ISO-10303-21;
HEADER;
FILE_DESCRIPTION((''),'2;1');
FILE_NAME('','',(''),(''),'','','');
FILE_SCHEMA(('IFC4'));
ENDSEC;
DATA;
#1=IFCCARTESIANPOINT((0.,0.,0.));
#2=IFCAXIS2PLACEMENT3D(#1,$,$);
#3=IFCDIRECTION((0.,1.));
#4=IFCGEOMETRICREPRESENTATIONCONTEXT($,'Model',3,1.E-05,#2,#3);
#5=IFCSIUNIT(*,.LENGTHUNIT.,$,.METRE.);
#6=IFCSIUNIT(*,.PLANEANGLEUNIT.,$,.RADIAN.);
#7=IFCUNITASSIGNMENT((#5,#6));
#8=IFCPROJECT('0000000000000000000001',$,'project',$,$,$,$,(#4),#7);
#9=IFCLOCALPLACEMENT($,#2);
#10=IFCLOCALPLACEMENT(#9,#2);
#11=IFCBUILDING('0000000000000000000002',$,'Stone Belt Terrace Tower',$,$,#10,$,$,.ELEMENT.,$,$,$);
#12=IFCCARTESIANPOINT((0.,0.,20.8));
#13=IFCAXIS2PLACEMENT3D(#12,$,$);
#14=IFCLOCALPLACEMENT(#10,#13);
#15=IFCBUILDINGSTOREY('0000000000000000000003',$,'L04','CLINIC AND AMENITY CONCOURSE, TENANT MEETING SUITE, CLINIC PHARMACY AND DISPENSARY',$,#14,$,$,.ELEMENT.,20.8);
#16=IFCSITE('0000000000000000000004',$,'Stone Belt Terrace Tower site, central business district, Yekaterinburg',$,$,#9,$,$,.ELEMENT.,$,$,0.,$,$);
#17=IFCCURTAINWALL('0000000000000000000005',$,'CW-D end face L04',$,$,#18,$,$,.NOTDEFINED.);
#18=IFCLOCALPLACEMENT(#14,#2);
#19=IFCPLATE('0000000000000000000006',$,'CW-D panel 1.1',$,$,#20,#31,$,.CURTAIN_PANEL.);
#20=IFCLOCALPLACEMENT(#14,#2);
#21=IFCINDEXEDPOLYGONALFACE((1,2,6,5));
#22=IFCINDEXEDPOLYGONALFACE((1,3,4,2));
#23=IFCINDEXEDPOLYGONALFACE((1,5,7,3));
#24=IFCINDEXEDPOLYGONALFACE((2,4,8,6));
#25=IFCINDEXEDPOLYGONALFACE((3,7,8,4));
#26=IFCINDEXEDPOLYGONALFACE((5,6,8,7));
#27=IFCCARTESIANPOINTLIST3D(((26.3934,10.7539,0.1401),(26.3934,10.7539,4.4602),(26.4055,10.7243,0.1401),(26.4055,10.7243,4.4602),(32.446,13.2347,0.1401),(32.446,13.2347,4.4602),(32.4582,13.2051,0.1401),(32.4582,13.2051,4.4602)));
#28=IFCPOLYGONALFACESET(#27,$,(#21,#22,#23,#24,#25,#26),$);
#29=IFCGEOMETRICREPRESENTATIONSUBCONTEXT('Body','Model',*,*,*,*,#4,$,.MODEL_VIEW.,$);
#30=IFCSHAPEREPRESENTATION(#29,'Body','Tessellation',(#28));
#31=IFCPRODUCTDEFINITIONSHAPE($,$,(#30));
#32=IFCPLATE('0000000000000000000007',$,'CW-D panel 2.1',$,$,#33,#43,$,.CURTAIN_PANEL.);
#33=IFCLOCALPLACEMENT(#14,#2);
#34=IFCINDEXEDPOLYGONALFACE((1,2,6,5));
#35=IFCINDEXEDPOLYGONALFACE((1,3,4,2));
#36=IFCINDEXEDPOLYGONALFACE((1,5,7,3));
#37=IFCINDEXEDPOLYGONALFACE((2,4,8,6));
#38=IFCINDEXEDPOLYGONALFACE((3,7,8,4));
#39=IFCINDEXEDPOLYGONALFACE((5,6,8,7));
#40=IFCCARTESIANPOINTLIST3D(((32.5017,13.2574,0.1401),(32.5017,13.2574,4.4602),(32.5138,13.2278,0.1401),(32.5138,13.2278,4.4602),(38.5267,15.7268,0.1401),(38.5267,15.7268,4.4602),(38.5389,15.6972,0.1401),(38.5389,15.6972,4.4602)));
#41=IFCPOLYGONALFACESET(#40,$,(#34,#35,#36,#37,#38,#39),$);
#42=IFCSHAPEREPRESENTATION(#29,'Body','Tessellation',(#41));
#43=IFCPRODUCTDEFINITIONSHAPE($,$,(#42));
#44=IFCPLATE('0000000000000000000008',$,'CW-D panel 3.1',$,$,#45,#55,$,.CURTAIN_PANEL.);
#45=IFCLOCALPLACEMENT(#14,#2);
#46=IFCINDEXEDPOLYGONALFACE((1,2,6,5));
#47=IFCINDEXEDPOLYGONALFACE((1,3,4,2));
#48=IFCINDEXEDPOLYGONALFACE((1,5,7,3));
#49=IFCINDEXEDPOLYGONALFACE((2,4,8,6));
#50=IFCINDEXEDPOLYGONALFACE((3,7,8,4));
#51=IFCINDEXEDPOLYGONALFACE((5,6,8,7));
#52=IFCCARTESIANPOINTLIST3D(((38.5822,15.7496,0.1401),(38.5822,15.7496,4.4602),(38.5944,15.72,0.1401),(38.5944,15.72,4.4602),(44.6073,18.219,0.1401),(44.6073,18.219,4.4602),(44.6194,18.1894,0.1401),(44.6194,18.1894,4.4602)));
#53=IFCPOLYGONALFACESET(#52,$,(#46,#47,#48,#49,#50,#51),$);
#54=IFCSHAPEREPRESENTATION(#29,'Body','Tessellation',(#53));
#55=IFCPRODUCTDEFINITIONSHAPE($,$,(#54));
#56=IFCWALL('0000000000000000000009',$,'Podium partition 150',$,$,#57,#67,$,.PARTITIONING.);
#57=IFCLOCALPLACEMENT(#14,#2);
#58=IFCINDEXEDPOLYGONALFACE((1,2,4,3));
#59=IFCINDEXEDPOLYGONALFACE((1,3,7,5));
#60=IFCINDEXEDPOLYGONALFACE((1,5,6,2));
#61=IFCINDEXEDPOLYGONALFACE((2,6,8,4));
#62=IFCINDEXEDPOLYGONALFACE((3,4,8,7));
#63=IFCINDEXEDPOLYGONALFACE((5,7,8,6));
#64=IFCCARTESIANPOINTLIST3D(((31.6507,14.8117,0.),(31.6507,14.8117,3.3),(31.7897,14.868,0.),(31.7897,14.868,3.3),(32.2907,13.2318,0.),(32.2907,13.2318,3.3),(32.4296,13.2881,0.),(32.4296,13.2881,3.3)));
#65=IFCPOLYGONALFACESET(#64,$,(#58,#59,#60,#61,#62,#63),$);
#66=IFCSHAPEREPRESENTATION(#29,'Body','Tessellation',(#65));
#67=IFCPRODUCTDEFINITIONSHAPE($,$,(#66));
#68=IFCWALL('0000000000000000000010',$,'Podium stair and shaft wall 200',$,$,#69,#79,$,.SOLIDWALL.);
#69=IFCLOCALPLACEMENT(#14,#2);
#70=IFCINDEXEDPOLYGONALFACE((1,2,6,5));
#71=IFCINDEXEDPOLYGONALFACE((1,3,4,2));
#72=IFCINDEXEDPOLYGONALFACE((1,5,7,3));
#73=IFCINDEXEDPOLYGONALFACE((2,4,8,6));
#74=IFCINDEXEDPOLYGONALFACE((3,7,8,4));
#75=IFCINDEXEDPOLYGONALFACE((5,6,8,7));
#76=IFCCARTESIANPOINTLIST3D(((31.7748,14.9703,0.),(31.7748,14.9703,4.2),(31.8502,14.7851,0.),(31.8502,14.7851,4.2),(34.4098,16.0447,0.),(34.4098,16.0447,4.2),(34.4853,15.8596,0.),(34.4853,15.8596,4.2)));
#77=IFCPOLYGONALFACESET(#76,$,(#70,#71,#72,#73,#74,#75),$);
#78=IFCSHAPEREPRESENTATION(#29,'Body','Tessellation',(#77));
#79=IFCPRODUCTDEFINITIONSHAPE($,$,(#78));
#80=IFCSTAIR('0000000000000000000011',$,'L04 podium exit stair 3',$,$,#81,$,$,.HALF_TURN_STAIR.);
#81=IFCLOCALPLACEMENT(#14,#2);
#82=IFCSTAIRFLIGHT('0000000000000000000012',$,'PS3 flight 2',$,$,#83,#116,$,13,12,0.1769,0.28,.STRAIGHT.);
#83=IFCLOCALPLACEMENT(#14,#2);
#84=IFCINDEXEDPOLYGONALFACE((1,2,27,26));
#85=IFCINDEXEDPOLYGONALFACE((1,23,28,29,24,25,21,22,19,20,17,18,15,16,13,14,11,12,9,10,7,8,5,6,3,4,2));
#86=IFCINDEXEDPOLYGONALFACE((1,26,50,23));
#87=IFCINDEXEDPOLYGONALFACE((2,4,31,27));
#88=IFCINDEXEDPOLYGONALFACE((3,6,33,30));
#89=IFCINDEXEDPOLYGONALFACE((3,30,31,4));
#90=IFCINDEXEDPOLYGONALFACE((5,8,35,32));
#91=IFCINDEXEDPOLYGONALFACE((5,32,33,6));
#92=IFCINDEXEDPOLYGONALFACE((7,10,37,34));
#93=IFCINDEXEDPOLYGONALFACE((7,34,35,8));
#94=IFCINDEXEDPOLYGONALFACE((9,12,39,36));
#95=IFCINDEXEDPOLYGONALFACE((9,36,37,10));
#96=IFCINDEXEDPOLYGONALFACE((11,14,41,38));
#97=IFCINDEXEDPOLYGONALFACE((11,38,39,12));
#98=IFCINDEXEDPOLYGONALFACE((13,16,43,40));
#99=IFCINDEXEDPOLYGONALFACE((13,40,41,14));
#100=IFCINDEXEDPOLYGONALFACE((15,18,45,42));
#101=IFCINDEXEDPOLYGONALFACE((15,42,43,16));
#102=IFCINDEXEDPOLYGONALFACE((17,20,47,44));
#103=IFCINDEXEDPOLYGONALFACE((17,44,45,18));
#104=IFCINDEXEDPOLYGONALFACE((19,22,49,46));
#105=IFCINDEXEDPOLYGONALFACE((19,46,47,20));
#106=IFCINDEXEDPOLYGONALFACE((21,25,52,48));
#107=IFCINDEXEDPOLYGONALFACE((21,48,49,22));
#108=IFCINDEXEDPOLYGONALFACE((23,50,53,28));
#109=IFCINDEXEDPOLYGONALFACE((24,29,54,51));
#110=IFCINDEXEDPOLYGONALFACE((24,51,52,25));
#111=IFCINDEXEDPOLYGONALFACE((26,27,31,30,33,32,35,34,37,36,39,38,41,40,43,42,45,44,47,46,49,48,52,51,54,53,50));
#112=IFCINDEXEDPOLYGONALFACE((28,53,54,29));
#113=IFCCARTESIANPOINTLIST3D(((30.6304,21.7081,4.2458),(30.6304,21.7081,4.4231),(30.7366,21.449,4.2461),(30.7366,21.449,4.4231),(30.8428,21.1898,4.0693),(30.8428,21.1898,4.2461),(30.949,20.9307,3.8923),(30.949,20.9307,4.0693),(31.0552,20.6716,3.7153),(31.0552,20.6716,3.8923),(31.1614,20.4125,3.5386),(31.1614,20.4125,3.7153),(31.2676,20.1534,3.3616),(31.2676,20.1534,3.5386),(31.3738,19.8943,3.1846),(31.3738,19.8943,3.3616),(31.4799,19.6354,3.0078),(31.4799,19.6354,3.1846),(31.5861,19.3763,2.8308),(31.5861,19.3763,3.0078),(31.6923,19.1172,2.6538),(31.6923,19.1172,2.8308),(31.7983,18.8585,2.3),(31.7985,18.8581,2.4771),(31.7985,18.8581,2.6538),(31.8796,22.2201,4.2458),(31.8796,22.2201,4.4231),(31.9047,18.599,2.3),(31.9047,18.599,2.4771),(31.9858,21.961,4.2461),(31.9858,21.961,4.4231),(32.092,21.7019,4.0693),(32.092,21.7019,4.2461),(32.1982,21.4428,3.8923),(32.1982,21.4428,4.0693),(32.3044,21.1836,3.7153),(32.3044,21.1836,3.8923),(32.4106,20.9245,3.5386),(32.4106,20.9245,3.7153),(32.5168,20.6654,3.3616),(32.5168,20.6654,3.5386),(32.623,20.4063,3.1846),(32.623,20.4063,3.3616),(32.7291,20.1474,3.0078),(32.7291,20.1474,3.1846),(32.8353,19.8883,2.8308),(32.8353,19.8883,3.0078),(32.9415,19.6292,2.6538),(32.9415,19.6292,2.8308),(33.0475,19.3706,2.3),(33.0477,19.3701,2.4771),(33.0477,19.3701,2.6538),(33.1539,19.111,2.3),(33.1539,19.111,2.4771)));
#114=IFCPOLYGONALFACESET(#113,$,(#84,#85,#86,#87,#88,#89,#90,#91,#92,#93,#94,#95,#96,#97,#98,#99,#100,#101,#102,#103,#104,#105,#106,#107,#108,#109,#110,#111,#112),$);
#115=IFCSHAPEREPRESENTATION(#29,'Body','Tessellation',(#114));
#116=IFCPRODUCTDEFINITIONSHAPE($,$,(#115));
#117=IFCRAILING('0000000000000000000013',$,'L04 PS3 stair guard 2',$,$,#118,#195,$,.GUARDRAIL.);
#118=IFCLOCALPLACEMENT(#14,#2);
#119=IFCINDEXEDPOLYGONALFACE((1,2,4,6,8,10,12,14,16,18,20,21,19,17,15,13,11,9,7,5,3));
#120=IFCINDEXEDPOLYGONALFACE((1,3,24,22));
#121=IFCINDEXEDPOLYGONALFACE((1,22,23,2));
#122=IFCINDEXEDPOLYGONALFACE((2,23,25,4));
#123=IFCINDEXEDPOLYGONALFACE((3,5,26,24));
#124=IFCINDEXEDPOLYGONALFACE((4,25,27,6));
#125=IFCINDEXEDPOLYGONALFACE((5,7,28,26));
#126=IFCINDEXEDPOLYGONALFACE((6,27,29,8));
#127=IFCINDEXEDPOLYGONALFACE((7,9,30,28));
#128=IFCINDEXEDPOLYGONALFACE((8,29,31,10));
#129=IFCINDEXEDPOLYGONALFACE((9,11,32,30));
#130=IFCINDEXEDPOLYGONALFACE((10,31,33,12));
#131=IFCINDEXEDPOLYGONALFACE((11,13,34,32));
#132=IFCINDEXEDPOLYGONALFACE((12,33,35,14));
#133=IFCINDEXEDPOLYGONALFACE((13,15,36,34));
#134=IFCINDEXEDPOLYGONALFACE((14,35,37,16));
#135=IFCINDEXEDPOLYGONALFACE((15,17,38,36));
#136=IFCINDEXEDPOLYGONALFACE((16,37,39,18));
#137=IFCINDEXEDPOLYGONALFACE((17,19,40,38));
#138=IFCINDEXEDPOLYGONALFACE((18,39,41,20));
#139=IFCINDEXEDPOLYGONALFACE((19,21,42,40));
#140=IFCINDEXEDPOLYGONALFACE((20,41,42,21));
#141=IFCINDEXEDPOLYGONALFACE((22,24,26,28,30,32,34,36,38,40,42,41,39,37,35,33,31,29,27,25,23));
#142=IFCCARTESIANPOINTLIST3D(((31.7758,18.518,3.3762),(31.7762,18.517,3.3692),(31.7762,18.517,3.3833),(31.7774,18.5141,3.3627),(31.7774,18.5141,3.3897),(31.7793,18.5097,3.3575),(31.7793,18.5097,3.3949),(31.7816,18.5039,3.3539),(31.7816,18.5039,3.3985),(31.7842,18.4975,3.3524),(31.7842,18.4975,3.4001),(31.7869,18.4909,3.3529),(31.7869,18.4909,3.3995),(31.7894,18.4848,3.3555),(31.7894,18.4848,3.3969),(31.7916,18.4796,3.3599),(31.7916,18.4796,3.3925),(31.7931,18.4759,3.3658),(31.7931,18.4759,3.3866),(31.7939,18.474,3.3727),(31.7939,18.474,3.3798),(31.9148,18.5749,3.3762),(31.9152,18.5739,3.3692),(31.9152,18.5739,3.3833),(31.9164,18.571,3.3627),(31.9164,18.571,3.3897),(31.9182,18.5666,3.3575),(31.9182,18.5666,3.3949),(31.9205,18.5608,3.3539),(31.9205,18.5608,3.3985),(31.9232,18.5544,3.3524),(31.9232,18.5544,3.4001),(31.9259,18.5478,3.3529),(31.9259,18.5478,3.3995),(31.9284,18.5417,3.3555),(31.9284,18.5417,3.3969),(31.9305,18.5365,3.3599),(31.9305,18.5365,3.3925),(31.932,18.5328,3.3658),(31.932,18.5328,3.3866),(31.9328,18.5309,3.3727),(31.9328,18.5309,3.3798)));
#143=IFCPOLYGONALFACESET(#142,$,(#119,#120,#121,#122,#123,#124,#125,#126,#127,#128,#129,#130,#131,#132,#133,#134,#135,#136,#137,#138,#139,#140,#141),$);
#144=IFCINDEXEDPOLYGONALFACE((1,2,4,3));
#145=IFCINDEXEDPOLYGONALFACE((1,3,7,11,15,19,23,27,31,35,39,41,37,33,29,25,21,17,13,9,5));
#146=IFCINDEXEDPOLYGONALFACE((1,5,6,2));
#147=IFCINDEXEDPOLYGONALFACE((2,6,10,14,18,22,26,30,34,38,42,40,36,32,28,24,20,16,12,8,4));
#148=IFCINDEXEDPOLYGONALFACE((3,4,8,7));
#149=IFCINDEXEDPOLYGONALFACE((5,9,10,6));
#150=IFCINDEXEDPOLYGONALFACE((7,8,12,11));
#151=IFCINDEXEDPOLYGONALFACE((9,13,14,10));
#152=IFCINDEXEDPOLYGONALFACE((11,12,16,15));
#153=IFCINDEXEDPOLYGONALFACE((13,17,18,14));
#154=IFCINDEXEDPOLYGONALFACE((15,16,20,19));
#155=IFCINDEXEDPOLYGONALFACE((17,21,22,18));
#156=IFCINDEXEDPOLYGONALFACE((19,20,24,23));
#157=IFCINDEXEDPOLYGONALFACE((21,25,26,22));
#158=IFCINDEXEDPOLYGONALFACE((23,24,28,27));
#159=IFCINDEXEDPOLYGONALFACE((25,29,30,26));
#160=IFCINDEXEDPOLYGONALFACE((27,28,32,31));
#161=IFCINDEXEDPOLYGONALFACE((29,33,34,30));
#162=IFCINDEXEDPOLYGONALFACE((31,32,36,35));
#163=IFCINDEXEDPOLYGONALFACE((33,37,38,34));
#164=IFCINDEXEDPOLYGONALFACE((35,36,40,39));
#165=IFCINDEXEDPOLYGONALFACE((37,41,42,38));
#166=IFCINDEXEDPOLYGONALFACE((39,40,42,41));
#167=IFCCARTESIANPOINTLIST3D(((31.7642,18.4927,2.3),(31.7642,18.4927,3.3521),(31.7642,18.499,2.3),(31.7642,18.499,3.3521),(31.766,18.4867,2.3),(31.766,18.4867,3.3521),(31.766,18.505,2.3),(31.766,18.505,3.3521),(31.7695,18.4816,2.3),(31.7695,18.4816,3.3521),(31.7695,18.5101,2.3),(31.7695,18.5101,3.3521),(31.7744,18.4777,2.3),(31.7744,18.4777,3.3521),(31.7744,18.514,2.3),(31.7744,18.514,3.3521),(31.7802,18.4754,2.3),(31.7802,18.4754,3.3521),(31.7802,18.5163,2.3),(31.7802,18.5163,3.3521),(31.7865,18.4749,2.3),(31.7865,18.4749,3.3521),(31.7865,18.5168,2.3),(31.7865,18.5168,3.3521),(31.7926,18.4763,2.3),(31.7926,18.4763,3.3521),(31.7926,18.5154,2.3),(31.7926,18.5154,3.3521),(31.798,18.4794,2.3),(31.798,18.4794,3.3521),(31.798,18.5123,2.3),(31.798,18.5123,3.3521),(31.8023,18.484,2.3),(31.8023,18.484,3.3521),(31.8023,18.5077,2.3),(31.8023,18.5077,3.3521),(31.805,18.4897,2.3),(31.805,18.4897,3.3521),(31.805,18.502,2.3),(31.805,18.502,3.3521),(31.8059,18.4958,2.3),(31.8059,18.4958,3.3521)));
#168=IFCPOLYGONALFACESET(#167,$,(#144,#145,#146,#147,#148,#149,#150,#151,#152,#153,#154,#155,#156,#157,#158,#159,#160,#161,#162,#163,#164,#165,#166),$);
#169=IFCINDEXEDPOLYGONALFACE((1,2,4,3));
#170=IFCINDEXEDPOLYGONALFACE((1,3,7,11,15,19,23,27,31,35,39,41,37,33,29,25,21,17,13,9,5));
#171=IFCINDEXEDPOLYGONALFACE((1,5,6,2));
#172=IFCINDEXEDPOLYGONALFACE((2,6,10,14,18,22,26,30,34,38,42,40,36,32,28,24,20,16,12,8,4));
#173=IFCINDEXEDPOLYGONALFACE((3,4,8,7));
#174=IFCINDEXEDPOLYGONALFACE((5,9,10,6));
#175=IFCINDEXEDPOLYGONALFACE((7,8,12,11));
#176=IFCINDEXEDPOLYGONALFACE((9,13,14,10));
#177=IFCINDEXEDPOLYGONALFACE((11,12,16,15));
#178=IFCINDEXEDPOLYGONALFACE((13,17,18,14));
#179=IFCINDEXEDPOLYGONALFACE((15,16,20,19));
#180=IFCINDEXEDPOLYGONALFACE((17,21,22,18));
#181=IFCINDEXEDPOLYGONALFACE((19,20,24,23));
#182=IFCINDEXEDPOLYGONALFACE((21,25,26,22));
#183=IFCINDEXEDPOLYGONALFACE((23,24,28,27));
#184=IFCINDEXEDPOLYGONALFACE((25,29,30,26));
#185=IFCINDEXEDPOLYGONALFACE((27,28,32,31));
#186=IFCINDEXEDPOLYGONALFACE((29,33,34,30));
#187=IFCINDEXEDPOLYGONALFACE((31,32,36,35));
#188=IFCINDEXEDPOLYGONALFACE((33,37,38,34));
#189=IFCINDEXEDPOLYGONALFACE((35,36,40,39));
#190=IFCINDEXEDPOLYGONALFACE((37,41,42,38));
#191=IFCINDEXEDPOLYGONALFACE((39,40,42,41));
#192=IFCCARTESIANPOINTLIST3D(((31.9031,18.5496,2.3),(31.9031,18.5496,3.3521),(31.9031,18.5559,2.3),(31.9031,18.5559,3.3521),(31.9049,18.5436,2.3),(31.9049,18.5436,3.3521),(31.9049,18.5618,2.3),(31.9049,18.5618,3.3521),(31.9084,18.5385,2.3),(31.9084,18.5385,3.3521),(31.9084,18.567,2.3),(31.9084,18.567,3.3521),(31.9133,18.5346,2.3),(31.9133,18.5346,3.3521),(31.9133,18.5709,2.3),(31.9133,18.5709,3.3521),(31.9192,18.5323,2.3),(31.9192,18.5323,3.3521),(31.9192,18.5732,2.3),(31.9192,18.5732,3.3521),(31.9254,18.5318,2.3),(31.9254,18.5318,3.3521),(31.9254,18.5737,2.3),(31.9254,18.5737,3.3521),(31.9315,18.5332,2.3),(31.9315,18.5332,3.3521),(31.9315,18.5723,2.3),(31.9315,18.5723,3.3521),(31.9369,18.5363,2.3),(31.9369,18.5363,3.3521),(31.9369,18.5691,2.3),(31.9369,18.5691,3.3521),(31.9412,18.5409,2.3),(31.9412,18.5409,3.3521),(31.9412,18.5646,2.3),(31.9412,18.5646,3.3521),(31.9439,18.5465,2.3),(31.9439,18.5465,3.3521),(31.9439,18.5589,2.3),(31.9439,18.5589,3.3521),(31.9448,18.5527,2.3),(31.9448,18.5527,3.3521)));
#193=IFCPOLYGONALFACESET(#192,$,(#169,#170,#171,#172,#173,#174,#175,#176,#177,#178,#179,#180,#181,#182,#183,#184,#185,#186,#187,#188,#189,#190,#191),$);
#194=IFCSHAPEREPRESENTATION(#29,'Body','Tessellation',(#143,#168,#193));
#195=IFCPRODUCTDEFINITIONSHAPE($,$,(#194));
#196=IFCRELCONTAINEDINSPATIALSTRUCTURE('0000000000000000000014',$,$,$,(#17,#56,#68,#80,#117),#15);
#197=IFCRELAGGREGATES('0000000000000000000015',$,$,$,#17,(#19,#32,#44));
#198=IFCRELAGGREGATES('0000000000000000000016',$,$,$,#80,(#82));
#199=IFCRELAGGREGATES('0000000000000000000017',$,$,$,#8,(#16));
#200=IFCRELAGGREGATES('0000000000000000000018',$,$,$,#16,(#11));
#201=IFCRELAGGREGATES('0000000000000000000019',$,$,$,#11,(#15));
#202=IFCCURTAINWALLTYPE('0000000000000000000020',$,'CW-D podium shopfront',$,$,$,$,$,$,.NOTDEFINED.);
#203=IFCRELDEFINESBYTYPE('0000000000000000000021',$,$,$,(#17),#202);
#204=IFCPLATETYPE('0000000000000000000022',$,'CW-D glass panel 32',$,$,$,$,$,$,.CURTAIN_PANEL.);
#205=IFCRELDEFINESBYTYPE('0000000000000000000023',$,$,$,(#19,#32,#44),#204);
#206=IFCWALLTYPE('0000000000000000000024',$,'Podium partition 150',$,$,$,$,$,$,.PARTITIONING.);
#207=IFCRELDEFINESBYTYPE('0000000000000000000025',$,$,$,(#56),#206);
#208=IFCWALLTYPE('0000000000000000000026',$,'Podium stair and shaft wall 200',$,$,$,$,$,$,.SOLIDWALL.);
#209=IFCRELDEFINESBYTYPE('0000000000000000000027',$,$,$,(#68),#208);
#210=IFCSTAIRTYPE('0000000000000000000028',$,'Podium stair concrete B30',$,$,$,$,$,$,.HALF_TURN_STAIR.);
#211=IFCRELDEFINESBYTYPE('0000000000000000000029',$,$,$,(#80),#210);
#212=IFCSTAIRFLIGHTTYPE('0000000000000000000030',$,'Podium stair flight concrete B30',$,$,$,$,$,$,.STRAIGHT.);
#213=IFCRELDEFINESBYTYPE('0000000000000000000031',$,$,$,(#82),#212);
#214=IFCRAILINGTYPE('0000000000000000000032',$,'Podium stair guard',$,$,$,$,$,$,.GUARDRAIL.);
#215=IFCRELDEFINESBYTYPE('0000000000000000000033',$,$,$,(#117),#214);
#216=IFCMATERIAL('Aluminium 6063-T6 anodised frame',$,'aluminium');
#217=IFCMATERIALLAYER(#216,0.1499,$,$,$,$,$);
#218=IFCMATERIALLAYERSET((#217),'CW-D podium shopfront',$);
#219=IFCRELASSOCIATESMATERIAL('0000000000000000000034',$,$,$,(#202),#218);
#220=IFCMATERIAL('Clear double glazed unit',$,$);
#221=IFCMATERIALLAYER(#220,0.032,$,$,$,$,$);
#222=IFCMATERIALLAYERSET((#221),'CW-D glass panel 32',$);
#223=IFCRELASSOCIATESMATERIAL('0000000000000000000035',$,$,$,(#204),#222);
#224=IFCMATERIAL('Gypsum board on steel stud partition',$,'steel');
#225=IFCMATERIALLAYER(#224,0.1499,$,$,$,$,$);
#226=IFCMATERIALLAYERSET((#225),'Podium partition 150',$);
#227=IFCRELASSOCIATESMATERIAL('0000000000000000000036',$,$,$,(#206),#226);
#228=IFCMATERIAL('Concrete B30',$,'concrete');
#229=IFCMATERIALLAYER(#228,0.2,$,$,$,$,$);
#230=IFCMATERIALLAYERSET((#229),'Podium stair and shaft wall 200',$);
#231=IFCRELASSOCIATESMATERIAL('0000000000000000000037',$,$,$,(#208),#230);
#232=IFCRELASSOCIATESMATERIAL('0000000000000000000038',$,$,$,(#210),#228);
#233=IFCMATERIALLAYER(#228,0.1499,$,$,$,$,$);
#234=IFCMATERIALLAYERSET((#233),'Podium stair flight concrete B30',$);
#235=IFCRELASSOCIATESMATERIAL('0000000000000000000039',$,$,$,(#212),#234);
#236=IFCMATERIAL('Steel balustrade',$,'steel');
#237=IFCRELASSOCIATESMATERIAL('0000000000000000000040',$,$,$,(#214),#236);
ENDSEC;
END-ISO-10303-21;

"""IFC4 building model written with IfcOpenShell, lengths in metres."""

from ifc_helpers import new_model, si_unit, direction, frame, frame_2d, origin, origin_2d, place, context, subcontext, project, spatial, polyline, rectangle, circle, outline, extrude, material, layer, layer_set, type_object, element, aggregate, save


model = new_model("IFC4")

# Units and contexts
model_context = context("Model", 3, precision=1e-05, world=origin(), true_north=direction((0.0, 1.0)))
body_context = subcontext(model_context, "Body", "Model", "MODEL_VIEW")
ifc_project = project(units=[si_unit("LENGTHUNIT", "METRE"), si_unit("PLANEANGLEUNIT", "RADIAN")], contexts=[model_context])

# Site, building, storey
site_placement = place(None, origin())
site = spatial("IfcSite", under=ifc_project, at=site_placement, Name="Stone Belt Terrace Tower site, central business district, Yekaterinburg", CompositionType="ELEMENT", RefElevation=0.0)
building_placement = place(site_placement, origin())
building = spatial("IfcBuilding", under=site, at=building_placement, Name="Stone Belt Terrace Tower", CompositionType="ELEMENT")
storey_placement = place(building_placement, frame((0.0, 0.0, 20.8)))
storey = spatial("IfcBuildingStorey", under=building, at=storey_placement, Name="L04", Description="CLINIC AND AMENITY CONCOURSE, TENANT MEETING SUITE, CLINIC PHARMACY AND DISPENSARY", CompositionType="ELEMENT", Elevation=20.8)

# Curtain wall
ifc_material_1 = material(Name="Aluminium 6063-T6 anodised frame", Category="aluminium")
ifc_layer_1 = layer(ifc_material_1, 0.1499)
ifc_layer_set_1 = layer_set([ifc_layer_1], Name="CW-D podium shopfront")
curtain_wall_type = type_object("IfcCurtainWallType", Name="CW-D podium shopfront", PredefinedType="NOTDEFINED", material=ifc_layer_set_1)
curtain_wall_placement = place(storey_placement, origin())
curtain_wall = element("IfcCurtainWall", 1, at=curtain_wall_placement, inside=storey, type_object=curtain_wall_type, Name="CW-D end face L04", PredefinedType="NOTDEFINED")

# Plates
ifc_material_2 = material(Name="Clear double glazed unit")
ifc_layer_2 = layer(ifc_material_2, 0.032)
ifc_layer_set_2 = layer_set([ifc_layer_2], Name="CW-D glass panel 32")
plate_type = type_object("IfcPlateType", Name="CW-D glass panel 32", PredefinedType="CURTAIN_PANEL", material=ifc_layer_set_2)
plate_1_placement = place(storey_placement, frame((29.4258, 11.9795, 0.1401), z_axis=(0.0, 0.0, 1.0), x_axis=(0.925297, 0.379243, 0.0)))
plate_1 = element("IfcPlate", 2, at=plate_1_placement, type_object=plate_type, Name="CW-D panel 1.1", PredefinedType="CURTAIN_PANEL", context=body_context, shape_type="SweptSolid", body=[
    extrude(rectangle(XDim=6.5413, YDim=0.032, at=origin_2d()), origin(), (0.0, 0.0, 1.0), 4.3201),
])
plate_2_placement = place(storey_placement, frame((35.5203, 14.4773, 0.1401), z_axis=(0.0, 0.0, 1.0), x_axis=(0.925297, 0.379243, 0.0)))
plate_2 = element("IfcPlate", 3, at=plate_2_placement, type_object=plate_type, Name="CW-D panel 2.1", PredefinedType="CURTAIN_PANEL", context=body_context, shape_type="SweptSolid", body=[
    extrude(rectangle(XDim=6.5115, YDim=0.032, at=origin_2d()), origin(), (0.0, 0.0, 1.0), 4.3201),
])
plate_3_placement = place(storey_placement, frame((41.6008, 16.9695, 0.1401), z_axis=(0.0, 0.0, 1.0), x_axis=(0.925297, 0.379243, 0.0)))
plate_3 = element("IfcPlate", 4, at=plate_3_placement, type_object=plate_type, Name="CW-D panel 3.1", PredefinedType="CURTAIN_PANEL", context=body_context, shape_type="SweptSolid", body=[
    extrude(rectangle(XDim=6.5115, YDim=0.032, at=origin_2d()), origin(), (0.0, 0.0, 1.0), 4.3201),
])
aggregate(curtain_wall, [plate_1, plate_2, plate_3])

# Walls
ifc_material_3 = material(Name="Gypsum board on steel stud partition", Category="steel")
ifc_layer_3 = layer(ifc_material_3, 0.1499)
ifc_layer_set_3 = layer_set([ifc_layer_3], Name="Podium partition 150")
wall_type_1 = type_object("IfcWallType", Name="Podium partition 150", PredefinedType="PARTITIONING", material=ifc_layer_set_3)
wall_1_placement = place(storey_placement, frame((31.7202, 14.8398, 0.0), z_axis=(0.0, 0.0, 1.0), x_axis=(0.375413, -0.926858, 0.0)))
element("IfcWall", 5, at=wall_1_placement, inside=storey, type_object=wall_type_1, Name="Podium partition 150", PredefinedType="PARTITIONING", context=body_context, shape_type="SweptSolid", body=[
    extrude(rectangle(XDim=1.7046, YDim=0.1499, at=frame_2d((0.8523, 0.0))), origin(), (0.0, 0.0, 1.0), 3.3),
])
ifc_material_4 = material(Name="Concrete B30", Category="concrete")
ifc_layer_4 = layer(ifc_material_4, 0.2)
ifc_layer_set_4 = layer_set([ifc_layer_4], Name="Podium stair and shaft wall 200")
wall_type_2 = type_object("IfcWallType", Name="Podium stair and shaft wall 200", PredefinedType="SOLIDWALL", material=ifc_layer_set_4)
wall_2_placement = place(storey_placement, frame((31.8125, 14.8777, 0.0), z_axis=(0.0, 0.0, 1.0), x_axis=(0.925977, 0.37758, 0.0)))
element("IfcWall", 6, at=wall_2_placement, inside=storey, type_object=wall_type_2, Name="Podium stair and shaft wall 200", PredefinedType="SOLIDWALL", context=body_context, shape_type="SweptSolid", body=[
    extrude(rectangle(XDim=2.8457, YDim=0.2, at=frame_2d((1.4229, 0.0))), origin(), (0.0, 0.0, 1.0), 4.2),
])

# Stair, stair flight
stair_type = type_object("IfcStairType", Name="Podium stair concrete B30", PredefinedType="HALF_TURN_STAIR", material=ifc_material_4)
stair_placement = place(storey_placement, origin())
stair = element("IfcStair", 7, at=stair_placement, inside=storey, type_object=stair_type, Name="L04 podium exit stair 3", PredefinedType="HALF_TURN_STAIR")
ifc_layer_5 = layer(ifc_material_4, 0.1499)
ifc_layer_set_5 = layer_set([ifc_layer_5], Name="Podium stair flight concrete B30")
stair_flight_type = type_object("IfcStairFlightType", Name="Podium stair flight concrete B30", PredefinedType="STRAIGHT", material=ifc_layer_set_5)
stair_flight_placement = place(storey_placement, frame((32.5293, 18.855, 2.3), z_axis=(0.0, 0.0, 1.0), x_axis=(-0.379243, 0.925297, 0.0)))
stair_flight = element("IfcStairFlight", 8, at=stair_flight_placement, type_object=stair_flight_type, Name="PS3 flight 2", NumberOfRisers=13, NumberOfTreads=12, PredefinedType="STRAIGHT", RiserHeight=0.1769, TreadLength=0.28, context=body_context, shape_type="SweptSolid", body=[
    extrude(outline(polyline([(0.0, 0.0), (0.0, 0.177), (0.28, 0.177), (0.28, 0.3538), (0.5601, 0.3538), (0.5601, 0.5308), (0.8401, 0.5308), (0.8401, 0.7078), (1.1201, 0.7078), (1.1201, 0.8845), (1.3999, 0.8845), (1.3999, 1.0615), (1.6799, 1.0615), (1.6799, 1.2385), (1.96, 1.2385), (1.96, 1.4153), (2.24, 1.4153), (2.24, 1.5923), (2.52, 1.5923), (2.52, 1.7693), (2.8, 1.7693), (2.8, 1.946), (3.0801, 1.946), (3.0801, 2.123), (3.3601, 2.123), (3.3601, 2.3), (3.3601, 1.9458), (0.2805, 0.0), (0.0, 0.0)])), frame((0.0, 0.675, 0.0), z_axis=(0.0, -1.0, 0.0), x_axis=(1.0, 0.0, 0.0)), (0.0, 0.0, 1.0), 1.3501),
])
aggregate(stair, [stair_flight])

# Railing
ifc_material_5 = material(Name="Steel balustrade", Category="steel")
railing_type = type_object("IfcRailingType", Name="Podium stair guard", PredefinedType="GUARDRAIL", material=ifc_material_5)
railing_1_placement = place(storey_placement, frame((31.7849, 18.4958, 2.3)))
element("IfcRailing", 9, at=railing_1_placement, inside=storey, type_object=railing_type, Name="L04 PS3 stair guard 2", PredefinedType="GUARDRAIL", context=body_context, shape_type="SweptSolid", body=[
    extrude(circle(Radius=0.0239, at=origin_2d()), frame((0.0, 0.0, 1.0762), z_axis=(0.925417, 0.378949, 0.0), x_axis=(-0.378949, 0.925417, 0.0)), (0.0, 0.0, 1.0), 0.1501),
    extrude(circle(Radius=0.021, at=origin_2d()), origin(), (0.0, 0.0, 1.0), 1.052),
    extrude(circle(Radius=0.021, at=origin_2d()), frame((0.1389, 0.0569, 0.0)), (0.0, 0.0, 1.0), 1.052),
])

save(model, "model.ifc")
